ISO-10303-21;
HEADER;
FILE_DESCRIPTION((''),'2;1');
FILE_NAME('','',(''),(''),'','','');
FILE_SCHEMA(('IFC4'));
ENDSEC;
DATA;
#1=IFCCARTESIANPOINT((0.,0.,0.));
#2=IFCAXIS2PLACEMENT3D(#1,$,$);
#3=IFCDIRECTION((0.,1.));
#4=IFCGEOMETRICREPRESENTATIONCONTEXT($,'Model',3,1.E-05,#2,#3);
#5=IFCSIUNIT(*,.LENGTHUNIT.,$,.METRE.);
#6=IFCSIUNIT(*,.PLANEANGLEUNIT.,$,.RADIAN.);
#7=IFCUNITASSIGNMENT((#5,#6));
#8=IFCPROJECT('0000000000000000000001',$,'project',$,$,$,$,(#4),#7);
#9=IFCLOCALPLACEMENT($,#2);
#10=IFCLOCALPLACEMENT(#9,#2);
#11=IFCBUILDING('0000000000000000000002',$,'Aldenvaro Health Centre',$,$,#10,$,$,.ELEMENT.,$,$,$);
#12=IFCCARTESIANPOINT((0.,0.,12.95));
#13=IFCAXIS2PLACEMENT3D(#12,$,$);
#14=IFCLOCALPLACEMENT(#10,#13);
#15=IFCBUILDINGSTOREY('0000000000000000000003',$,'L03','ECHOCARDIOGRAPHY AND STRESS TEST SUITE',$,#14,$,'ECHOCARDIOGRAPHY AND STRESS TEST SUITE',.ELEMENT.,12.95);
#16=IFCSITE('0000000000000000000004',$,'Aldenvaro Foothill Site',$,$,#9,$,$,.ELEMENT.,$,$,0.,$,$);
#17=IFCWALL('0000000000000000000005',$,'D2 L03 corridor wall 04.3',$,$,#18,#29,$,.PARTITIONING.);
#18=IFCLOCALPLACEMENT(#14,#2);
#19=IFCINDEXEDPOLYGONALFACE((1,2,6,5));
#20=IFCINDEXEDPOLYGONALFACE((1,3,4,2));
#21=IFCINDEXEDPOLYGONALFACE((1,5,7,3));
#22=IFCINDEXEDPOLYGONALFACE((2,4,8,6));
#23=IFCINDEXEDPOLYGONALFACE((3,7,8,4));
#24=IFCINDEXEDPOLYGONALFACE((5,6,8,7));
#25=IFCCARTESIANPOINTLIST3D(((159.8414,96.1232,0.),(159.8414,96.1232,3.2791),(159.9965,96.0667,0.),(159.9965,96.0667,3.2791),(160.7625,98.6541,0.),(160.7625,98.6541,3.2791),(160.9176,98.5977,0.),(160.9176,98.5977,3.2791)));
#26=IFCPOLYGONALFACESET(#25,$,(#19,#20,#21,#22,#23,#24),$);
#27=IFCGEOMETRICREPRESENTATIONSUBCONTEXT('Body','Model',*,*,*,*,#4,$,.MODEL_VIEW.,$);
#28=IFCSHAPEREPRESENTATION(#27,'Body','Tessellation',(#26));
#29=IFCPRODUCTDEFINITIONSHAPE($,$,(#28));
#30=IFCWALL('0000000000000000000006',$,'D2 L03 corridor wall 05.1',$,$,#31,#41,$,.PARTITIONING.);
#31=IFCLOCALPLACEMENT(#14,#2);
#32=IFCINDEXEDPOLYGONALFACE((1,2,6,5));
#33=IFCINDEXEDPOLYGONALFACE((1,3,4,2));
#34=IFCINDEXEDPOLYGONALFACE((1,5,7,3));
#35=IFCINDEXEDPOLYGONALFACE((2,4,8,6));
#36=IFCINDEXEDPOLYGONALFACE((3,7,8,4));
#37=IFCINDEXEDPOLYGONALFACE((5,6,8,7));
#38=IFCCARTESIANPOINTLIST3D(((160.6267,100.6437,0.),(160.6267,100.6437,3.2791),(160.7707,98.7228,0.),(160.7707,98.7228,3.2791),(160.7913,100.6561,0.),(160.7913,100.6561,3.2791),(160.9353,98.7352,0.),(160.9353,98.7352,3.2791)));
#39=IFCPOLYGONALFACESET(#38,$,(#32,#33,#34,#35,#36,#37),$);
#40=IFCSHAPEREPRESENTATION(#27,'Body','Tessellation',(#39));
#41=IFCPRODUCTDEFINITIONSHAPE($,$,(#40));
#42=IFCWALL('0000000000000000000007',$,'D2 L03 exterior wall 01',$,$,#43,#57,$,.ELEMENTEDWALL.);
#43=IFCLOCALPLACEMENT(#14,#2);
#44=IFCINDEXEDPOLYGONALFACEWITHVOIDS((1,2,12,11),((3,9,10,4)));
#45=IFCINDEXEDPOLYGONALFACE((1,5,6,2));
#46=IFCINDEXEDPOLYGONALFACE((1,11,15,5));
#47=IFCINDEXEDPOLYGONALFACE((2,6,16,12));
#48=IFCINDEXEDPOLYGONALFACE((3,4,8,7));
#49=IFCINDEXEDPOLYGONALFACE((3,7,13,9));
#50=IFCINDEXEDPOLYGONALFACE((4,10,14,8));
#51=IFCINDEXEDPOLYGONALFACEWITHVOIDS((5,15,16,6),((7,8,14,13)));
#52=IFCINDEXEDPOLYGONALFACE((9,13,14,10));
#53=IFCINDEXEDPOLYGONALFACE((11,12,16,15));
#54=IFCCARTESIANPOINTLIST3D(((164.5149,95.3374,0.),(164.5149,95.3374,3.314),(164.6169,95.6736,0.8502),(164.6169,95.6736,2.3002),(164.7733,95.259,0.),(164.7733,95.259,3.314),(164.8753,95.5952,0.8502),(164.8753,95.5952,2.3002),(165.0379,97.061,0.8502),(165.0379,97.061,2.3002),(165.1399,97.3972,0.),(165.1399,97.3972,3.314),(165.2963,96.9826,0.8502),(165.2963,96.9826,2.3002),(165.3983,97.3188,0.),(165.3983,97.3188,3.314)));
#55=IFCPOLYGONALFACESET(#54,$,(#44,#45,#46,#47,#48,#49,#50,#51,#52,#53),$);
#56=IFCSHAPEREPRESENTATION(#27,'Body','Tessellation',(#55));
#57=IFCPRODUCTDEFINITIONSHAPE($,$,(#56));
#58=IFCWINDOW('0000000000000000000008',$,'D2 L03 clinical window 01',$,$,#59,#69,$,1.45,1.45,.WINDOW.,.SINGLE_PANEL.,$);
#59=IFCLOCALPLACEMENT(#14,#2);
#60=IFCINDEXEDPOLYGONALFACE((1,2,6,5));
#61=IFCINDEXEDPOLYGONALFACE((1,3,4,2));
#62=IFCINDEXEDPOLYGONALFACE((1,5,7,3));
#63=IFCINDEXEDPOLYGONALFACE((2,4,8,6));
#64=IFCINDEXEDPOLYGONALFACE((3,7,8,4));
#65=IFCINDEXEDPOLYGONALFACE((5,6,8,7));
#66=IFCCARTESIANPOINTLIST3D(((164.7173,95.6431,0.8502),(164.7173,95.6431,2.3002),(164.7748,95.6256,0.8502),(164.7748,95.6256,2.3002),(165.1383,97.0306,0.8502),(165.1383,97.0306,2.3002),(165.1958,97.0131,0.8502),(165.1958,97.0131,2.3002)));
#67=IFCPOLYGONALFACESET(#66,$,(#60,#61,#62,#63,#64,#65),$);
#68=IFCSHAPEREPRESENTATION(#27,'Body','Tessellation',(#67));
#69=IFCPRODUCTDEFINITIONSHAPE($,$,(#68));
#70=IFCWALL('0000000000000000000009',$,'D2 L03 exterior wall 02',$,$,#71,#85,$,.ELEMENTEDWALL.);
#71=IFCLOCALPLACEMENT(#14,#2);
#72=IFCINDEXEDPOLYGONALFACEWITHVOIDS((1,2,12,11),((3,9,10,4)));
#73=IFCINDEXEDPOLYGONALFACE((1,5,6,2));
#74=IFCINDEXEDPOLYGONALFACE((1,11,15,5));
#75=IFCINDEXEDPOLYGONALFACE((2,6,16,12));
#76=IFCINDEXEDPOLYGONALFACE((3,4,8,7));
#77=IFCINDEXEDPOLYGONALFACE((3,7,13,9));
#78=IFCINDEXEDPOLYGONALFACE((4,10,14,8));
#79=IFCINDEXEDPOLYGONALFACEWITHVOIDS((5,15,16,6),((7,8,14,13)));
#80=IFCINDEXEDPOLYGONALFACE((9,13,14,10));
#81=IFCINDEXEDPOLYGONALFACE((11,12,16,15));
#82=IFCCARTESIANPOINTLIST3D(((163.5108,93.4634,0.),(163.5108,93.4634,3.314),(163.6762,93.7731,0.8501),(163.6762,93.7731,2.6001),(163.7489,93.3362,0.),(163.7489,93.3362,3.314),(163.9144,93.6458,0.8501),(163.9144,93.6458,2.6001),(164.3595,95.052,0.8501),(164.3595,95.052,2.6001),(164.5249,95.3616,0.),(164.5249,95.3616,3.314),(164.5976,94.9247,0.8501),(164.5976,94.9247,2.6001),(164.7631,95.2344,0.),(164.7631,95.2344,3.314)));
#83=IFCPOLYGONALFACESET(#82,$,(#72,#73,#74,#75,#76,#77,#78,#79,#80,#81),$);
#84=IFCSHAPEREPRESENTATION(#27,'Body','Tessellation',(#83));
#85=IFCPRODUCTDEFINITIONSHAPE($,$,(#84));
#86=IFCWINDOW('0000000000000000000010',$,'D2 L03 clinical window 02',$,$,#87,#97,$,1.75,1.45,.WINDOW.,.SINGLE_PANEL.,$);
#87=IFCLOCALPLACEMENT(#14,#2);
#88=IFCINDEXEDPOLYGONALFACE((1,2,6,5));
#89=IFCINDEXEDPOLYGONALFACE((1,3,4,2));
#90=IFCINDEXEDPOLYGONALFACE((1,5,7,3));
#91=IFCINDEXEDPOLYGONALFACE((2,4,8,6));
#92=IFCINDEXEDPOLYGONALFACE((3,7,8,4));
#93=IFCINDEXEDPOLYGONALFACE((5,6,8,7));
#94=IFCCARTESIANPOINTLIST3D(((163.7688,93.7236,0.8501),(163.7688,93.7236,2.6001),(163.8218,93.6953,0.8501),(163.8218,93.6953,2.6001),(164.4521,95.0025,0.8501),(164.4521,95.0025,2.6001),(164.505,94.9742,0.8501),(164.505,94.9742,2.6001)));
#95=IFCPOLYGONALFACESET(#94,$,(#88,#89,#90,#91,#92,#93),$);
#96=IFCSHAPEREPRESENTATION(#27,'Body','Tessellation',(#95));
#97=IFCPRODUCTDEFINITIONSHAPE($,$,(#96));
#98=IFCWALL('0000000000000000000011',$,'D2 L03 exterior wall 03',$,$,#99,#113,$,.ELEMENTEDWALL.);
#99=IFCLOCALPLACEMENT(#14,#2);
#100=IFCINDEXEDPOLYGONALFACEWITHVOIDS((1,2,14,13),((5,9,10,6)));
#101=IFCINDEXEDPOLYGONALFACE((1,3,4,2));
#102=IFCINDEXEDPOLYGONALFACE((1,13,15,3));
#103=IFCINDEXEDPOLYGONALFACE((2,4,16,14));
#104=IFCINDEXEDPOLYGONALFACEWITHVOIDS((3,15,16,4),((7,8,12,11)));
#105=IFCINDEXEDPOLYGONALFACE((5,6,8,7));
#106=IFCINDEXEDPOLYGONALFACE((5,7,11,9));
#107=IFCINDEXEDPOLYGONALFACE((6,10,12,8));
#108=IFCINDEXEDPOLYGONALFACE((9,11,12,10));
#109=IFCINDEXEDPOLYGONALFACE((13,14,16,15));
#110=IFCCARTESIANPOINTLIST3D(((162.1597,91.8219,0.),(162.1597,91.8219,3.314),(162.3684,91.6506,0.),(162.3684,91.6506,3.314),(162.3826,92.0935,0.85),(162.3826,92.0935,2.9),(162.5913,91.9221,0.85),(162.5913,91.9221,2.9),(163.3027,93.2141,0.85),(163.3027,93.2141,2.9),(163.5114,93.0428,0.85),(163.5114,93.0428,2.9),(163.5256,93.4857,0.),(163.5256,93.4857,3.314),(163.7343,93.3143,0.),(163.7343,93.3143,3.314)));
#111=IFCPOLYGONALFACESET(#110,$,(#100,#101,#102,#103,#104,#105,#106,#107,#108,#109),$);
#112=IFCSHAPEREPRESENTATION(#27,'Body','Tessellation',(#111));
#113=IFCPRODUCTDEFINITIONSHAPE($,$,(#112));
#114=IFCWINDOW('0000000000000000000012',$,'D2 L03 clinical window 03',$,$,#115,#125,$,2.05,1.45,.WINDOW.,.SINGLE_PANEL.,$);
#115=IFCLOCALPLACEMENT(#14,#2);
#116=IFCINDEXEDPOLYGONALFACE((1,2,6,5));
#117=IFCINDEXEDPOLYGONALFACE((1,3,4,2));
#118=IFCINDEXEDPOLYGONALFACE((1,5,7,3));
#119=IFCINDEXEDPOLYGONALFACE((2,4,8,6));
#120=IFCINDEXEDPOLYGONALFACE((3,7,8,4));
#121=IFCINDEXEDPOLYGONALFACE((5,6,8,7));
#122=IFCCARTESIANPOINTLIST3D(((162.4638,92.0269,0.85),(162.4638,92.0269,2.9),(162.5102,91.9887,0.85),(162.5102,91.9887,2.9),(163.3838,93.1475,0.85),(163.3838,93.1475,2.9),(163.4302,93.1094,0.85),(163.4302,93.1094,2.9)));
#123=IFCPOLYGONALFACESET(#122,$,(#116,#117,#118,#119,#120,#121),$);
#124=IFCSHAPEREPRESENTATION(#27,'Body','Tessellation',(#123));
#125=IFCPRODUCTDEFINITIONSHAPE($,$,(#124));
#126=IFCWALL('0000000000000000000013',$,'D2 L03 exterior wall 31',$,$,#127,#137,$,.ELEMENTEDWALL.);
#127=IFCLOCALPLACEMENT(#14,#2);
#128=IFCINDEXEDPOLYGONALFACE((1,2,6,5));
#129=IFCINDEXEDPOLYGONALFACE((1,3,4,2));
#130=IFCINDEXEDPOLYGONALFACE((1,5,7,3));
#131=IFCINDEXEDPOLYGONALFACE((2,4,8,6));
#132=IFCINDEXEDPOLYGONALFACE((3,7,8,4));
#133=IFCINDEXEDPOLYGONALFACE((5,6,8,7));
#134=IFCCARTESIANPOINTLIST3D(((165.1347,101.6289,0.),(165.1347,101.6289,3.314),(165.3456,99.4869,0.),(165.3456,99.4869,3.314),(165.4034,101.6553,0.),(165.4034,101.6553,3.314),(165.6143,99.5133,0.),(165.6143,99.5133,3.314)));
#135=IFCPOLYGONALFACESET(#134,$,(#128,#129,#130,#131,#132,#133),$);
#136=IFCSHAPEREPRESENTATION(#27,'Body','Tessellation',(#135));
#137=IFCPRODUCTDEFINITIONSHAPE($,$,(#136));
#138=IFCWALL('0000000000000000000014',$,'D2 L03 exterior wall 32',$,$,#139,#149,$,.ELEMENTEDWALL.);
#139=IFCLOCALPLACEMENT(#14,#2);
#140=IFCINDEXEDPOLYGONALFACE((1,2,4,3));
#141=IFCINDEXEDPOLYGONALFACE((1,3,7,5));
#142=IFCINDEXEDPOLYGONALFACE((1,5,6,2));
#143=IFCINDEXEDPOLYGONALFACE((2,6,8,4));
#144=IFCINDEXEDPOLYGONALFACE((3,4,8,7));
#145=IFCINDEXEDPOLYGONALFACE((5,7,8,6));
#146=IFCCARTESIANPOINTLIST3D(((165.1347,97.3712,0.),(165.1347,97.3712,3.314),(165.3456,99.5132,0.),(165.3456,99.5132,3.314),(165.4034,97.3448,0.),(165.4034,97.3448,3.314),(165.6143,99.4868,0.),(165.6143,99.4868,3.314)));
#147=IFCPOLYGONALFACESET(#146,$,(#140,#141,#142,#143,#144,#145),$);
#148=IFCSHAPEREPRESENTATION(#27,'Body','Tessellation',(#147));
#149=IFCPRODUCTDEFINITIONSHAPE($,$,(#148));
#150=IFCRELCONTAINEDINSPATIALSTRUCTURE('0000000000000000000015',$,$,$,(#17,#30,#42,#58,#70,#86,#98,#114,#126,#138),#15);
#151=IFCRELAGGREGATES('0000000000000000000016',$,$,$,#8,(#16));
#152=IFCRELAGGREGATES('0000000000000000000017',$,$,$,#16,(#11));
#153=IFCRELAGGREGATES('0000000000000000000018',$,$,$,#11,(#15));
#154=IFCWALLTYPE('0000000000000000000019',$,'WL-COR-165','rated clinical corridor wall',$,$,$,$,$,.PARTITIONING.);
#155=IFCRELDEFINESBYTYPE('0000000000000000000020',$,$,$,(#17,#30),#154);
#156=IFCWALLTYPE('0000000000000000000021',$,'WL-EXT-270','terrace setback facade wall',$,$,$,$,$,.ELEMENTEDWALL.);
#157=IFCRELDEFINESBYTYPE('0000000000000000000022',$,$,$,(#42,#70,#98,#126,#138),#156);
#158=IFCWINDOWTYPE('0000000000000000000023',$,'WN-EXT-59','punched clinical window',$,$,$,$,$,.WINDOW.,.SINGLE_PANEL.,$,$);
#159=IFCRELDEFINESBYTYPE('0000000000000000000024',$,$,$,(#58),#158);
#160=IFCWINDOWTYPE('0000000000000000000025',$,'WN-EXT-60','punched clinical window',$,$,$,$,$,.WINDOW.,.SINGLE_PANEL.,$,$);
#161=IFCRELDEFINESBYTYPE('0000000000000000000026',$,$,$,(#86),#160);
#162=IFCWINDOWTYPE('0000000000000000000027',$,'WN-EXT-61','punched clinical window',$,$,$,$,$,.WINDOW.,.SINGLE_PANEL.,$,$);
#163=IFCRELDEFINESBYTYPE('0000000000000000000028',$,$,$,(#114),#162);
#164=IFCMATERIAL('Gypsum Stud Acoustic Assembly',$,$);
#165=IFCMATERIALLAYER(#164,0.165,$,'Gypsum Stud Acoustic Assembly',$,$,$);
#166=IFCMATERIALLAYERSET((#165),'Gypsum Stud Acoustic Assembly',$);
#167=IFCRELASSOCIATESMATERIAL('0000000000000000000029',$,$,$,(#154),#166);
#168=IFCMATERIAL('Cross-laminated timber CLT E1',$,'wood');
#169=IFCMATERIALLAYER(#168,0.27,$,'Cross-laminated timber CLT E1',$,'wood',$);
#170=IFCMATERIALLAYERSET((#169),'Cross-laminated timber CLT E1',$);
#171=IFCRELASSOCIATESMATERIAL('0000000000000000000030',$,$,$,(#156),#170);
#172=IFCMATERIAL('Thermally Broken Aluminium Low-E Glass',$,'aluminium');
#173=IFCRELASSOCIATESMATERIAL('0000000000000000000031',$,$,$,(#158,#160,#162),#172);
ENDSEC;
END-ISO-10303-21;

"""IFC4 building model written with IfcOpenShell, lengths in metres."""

from ifc_helpers import new_model, si_unit, direction, frame, frame_2d, origin, place, context, subcontext, project, spatial, rectangle, extrude, material, layer, layer_set, type_object, element, fill, save


model = new_model("IFC4")

# Units and contexts
model_context = context("Model", 3, precision=1e-05, world=origin(), true_north=direction((0.0, 1.0)))
body_context = subcontext(model_context, "Body", "Model", "MODEL_VIEW")
ifc_project = project(units=[si_unit("LENGTHUNIT", "METRE"), si_unit("PLANEANGLEUNIT", "RADIAN")], contexts=[model_context])

# Site, building, storey
site_placement = place(None, origin())
site = spatial("IfcSite", under=ifc_project, at=site_placement, Name="Aldenvaro Foothill Site", CompositionType="ELEMENT", RefElevation=0.0)
building_placement = place(site_placement, origin())
building = spatial("IfcBuilding", under=site, at=building_placement, Name="Aldenvaro Health Centre", CompositionType="ELEMENT")
storey_placement = place(building_placement, frame((0.0, 0.0, 12.95)))
storey = spatial("IfcBuildingStorey", under=building, at=storey_placement, Name="L03", Description="ECHOCARDIOGRAPHY AND STRESS TEST SUITE", LongName="ECHOCARDIOGRAPHY AND STRESS TEST SUITE", CompositionType="ELEMENT", Elevation=12.95)

# Shared definitions
ifc_material_1 = material(Name="Gypsum Stud Acoustic Assembly")
ifc_layer_1 = layer(ifc_material_1, 0.165, Name="Gypsum Stud Acoustic Assembly")
ifc_layer_set_1 = layer_set([ifc_layer_1], Name="Gypsum Stud Acoustic Assembly")
wall_type_1 = type_object("IfcWallType", Name="WL-COR-165", Description="rated clinical corridor wall", PredefinedType="PARTITIONING", material=ifc_layer_set_1)

# Walls
wall_1_placement = place(storey_placement, frame((159.9189, 96.095, 0.0), z_axis=(0.0, 0.0, 1.0), x_axis=(0.341998, 0.939701, 0.0)))
element("IfcWall", 1, at=wall_1_placement, inside=storey, type_object=wall_type_1, Name="D2 L03 corridor wall 04.3", PredefinedType="PARTITIONING", context=body_context, shape_type="SweptSolid", body=[
    extrude(rectangle(XDim=2.6934, YDim=0.165, at=frame_2d((1.3467, 0.0))), origin(), (0.0, 0.0, 1.0), 3.2791),
])
wall_2_placement = place(storey_placement, frame((160.853, 98.729, 0.0), z_axis=(0.0, 0.0, 1.0), x_axis=(-0.074777, 0.9972, 0.0)))
element("IfcWall", 2, at=wall_2_placement, inside=storey, type_object=wall_type_1, Name="D2 L03 corridor wall 05.1", PredefinedType="PARTITIONING", context=body_context, shape_type="SweptSolid", body=[
    extrude(rectangle(XDim=1.9263, YDim=0.165, at=frame_2d((0.9631, 0.0))), origin(), (0.0, 0.0, 1.0), 3.2791),
])

# Walls, openings, windows
ifc_material_2 = material(Name="Cross-laminated timber CLT E1", Category="wood")
ifc_layer_2 = layer(ifc_material_2, 0.27, Name="Cross-laminated timber CLT E1", Category="wood")
ifc_layer_set_2 = layer_set([ifc_layer_2], Name="Cross-laminated timber CLT E1")
wall_type_2 = type_object("IfcWallType", Name="WL-EXT-270", Description="terrace setback facade wall", PredefinedType="ELEMENTEDWALL", material=ifc_layer_set_2)
wall_3_placement = place(storey_placement, frame((165.269, 97.3579, 0.0), z_axis=(0.0, 0.0, 1.0), x_axis=(-0.290354, -0.956919, 0.0)))
wall_3 = element("IfcWall", 3, at=wall_3_placement, inside=storey, type_object=wall_type_2, Name="D2 L03 exterior wall 01", PredefinedType="ELEMENTEDWALL", context=body_context, shape_type="SweptSolid", body=[
    extrude(rectangle(XDim=2.1526, YDim=0.27, at=frame_2d((1.0762, 0.0))), origin(), (0.0, 0.0, 1.0), 3.314),
])
opening_1_placement = place(wall_3_placement, frame((0.3511, 0.0, 0.8501)))
opening_1 = element("IfcOpeningElement", 4, at=opening_1_placement, cuts=wall_3, PredefinedType="OPENING", context=body_context, shape_type="SweptSolid", body=[
    extrude(rectangle(XDim=1.45, YDim=1.45, at=frame_2d((0.7251, 0.7251))), frame((0.0, 0.145, 0.0), z_axis=(0.0, -1.0, 0.0), x_axis=(1.0, 0.0, 0.0)), (0.0, 0.0, 1.0), 0.29),
])
ifc_material_3 = material(Name="Thermally Broken Aluminium Low-E Glass", Category="aluminium")
window_type_1 = type_object("IfcWindowType", Name="WN-EXT-59", Description="punched clinical window", PartitioningType="SINGLE_PANEL", PredefinedType="WINDOW", material=ifc_material_3)
window_1_placement = place(opening_1_placement, origin())
window_1 = element("IfcWindow", 5, at=window_1_placement, inside=storey, type_object=window_type_1, Name="D2 L03 clinical window 01", OverallHeight=1.45, OverallWidth=1.45, PartitioningType="SINGLE_PANEL", PredefinedType="WINDOW", context=body_context, shape_type="SweptSolid", body=[
    extrude(rectangle(XDim=1.45, YDim=1.45, at=frame_2d((0.7251, 0.7251))), frame((0.0, 0.03, 0.0), z_axis=(0.0, -1.0, 0.0), x_axis=(1.0, 0.0, 0.0)), (0.0, 0.0, 1.0), 0.0601),
])
fill(opening_1, window_1)
wall_4_placement = place(storey_placement, frame((164.644, 95.2981, 0.0), z_axis=(0.0, 0.0, 1.0), x_axis=(-0.471236, -0.882007, 0.0)))
wall_4 = element("IfcWall", 6, at=wall_4_placement, inside=storey, type_object=wall_type_2, Name="D2 L03 exterior wall 02", PredefinedType="ELEMENTEDWALL", context=body_context, shape_type="SweptSolid", body=[
    extrude(rectangle(XDim=2.1521, YDim=0.27, at=frame_2d((1.0762, 0.0))), origin(), (0.0, 0.0, 1.0), 3.314),
])
opening_2_placement = place(wall_4_placement, frame((0.3511, 0.0, 0.8501)))
opening_2 = element("IfcOpeningElement", 7, at=opening_2_placement, cuts=wall_4, PredefinedType="OPENING", context=body_context, shape_type="SweptSolid", body=[
    extrude(rectangle(XDim=1.45, YDim=1.75, at=frame_2d((0.7251, 0.875))), frame((0.0, 0.145, 0.0), z_axis=(0.0, -1.0, 0.0), x_axis=(1.0, 0.0, 0.0)), (0.0, 0.0, 1.0), 0.29),
])
window_type_2 = type_object("IfcWindowType", Name="WN-EXT-60", Description="punched clinical window", PartitioningType="SINGLE_PANEL", PredefinedType="WINDOW", material=ifc_material_3)
window_2_placement = place(opening_2_placement, origin())
window_2 = element("IfcWindow", 8, at=window_2_placement, inside=storey, type_object=window_type_2, Name="D2 L03 clinical window 02", OverallHeight=1.75, OverallWidth=1.45, PartitioningType="SINGLE_PANEL", PredefinedType="WINDOW", context=body_context, shape_type="SweptSolid", body=[
    extrude(rectangle(XDim=1.45, YDim=1.75, at=frame_2d((0.7251, 0.875))), frame((0.0, 0.03, 0.0), z_axis=(0.0, -1.0, 0.0), x_axis=(1.0, 0.0, 0.0)), (0.0, 0.0, 1.0), 0.0601),
])
fill(opening_2, window_2)
wall_5_placement = place(storey_placement, frame((163.6299, 93.3999, 0.0), z_axis=(0.0, 0.0, 1.0), x_axis=(-0.634534, -0.772895, 0.0)))
wall_5 = element("IfcWall", 9, at=wall_5_placement, inside=storey, type_object=wall_type_2, Name="D2 L03 exterior wall 03", PredefinedType="ELEMENTEDWALL", context=body_context, shape_type="SweptSolid", body=[
    extrude(rectangle(XDim=2.1526, YDim=0.27, at=frame_2d((1.0762, 0.0))), origin(), (0.0, 0.0, 1.0), 3.314),
])
opening_3_placement = place(wall_5_placement, frame((0.3511, 0.0, 0.8501)))
opening_3 = element("IfcOpeningElement", 10, at=opening_3_placement, cuts=wall_5, PredefinedType="OPENING", context=body_context, shape_type="SweptSolid", body=[
    extrude(rectangle(XDim=1.45, YDim=2.05, at=frame_2d((0.7251, 1.0249))), frame((0.0, 0.145, 0.0), z_axis=(0.0, -1.0, 0.0), x_axis=(1.0, 0.0, 0.0)), (0.0, 0.0, 1.0), 0.29),
])
window_type_3 = type_object("IfcWindowType", Name="WN-EXT-61", Description="punched clinical window", PartitioningType="SINGLE_PANEL", PredefinedType="WINDOW", material=ifc_material_3)
window_3_placement = place(opening_3_placement, origin())
window_3 = element("IfcWindow", 11, at=window_3_placement, inside=storey, type_object=window_type_3, Name="D2 L03 clinical window 03", OverallHeight=2.05, OverallWidth=1.45, PartitioningType="SINGLE_PANEL", PredefinedType="WINDOW", context=body_context, shape_type="SweptSolid", body=[
    extrude(rectangle(XDim=1.45, YDim=2.05, at=frame_2d((0.7251, 1.0249))), frame((0.0, 0.03, 0.0), z_axis=(0.0, -1.0, 0.0), x_axis=(1.0, 0.0, 0.0)), (0.0, 0.0, 1.0), 0.0601),
])
fill(opening_3, window_3)

# Walls
for number, where, z_axis, x_axis, name in (
    (12, (165.269, 101.6421, 0.0), (0.0, 0.0, 1.0), (0.097999, -0.995187, 0.0), "D2 L03 exterior wall 31"),
    (13, (165.48, 99.5, 0.0), (0.0, 0.0, 1.0), (-0.097999, -0.995187, 0.0), "D2 L03 exterior wall 32"),
):
    element("IfcWall", number, at=place(storey_placement, frame(where, z_axis=z_axis, x_axis=x_axis)), inside=storey, type_object=wall_type_2, Name=name, PredefinedType="ELEMENTEDWALL", context=body_context, shape_type="SweptSolid", body=[
        extrude(rectangle(XDim=2.1523, YDim=0.27, at=frame_2d((1.0762, 0.0))), origin(), (0.0, 0.0, 1.0), 3.314),
    ])

save(model, "model.ifc")
